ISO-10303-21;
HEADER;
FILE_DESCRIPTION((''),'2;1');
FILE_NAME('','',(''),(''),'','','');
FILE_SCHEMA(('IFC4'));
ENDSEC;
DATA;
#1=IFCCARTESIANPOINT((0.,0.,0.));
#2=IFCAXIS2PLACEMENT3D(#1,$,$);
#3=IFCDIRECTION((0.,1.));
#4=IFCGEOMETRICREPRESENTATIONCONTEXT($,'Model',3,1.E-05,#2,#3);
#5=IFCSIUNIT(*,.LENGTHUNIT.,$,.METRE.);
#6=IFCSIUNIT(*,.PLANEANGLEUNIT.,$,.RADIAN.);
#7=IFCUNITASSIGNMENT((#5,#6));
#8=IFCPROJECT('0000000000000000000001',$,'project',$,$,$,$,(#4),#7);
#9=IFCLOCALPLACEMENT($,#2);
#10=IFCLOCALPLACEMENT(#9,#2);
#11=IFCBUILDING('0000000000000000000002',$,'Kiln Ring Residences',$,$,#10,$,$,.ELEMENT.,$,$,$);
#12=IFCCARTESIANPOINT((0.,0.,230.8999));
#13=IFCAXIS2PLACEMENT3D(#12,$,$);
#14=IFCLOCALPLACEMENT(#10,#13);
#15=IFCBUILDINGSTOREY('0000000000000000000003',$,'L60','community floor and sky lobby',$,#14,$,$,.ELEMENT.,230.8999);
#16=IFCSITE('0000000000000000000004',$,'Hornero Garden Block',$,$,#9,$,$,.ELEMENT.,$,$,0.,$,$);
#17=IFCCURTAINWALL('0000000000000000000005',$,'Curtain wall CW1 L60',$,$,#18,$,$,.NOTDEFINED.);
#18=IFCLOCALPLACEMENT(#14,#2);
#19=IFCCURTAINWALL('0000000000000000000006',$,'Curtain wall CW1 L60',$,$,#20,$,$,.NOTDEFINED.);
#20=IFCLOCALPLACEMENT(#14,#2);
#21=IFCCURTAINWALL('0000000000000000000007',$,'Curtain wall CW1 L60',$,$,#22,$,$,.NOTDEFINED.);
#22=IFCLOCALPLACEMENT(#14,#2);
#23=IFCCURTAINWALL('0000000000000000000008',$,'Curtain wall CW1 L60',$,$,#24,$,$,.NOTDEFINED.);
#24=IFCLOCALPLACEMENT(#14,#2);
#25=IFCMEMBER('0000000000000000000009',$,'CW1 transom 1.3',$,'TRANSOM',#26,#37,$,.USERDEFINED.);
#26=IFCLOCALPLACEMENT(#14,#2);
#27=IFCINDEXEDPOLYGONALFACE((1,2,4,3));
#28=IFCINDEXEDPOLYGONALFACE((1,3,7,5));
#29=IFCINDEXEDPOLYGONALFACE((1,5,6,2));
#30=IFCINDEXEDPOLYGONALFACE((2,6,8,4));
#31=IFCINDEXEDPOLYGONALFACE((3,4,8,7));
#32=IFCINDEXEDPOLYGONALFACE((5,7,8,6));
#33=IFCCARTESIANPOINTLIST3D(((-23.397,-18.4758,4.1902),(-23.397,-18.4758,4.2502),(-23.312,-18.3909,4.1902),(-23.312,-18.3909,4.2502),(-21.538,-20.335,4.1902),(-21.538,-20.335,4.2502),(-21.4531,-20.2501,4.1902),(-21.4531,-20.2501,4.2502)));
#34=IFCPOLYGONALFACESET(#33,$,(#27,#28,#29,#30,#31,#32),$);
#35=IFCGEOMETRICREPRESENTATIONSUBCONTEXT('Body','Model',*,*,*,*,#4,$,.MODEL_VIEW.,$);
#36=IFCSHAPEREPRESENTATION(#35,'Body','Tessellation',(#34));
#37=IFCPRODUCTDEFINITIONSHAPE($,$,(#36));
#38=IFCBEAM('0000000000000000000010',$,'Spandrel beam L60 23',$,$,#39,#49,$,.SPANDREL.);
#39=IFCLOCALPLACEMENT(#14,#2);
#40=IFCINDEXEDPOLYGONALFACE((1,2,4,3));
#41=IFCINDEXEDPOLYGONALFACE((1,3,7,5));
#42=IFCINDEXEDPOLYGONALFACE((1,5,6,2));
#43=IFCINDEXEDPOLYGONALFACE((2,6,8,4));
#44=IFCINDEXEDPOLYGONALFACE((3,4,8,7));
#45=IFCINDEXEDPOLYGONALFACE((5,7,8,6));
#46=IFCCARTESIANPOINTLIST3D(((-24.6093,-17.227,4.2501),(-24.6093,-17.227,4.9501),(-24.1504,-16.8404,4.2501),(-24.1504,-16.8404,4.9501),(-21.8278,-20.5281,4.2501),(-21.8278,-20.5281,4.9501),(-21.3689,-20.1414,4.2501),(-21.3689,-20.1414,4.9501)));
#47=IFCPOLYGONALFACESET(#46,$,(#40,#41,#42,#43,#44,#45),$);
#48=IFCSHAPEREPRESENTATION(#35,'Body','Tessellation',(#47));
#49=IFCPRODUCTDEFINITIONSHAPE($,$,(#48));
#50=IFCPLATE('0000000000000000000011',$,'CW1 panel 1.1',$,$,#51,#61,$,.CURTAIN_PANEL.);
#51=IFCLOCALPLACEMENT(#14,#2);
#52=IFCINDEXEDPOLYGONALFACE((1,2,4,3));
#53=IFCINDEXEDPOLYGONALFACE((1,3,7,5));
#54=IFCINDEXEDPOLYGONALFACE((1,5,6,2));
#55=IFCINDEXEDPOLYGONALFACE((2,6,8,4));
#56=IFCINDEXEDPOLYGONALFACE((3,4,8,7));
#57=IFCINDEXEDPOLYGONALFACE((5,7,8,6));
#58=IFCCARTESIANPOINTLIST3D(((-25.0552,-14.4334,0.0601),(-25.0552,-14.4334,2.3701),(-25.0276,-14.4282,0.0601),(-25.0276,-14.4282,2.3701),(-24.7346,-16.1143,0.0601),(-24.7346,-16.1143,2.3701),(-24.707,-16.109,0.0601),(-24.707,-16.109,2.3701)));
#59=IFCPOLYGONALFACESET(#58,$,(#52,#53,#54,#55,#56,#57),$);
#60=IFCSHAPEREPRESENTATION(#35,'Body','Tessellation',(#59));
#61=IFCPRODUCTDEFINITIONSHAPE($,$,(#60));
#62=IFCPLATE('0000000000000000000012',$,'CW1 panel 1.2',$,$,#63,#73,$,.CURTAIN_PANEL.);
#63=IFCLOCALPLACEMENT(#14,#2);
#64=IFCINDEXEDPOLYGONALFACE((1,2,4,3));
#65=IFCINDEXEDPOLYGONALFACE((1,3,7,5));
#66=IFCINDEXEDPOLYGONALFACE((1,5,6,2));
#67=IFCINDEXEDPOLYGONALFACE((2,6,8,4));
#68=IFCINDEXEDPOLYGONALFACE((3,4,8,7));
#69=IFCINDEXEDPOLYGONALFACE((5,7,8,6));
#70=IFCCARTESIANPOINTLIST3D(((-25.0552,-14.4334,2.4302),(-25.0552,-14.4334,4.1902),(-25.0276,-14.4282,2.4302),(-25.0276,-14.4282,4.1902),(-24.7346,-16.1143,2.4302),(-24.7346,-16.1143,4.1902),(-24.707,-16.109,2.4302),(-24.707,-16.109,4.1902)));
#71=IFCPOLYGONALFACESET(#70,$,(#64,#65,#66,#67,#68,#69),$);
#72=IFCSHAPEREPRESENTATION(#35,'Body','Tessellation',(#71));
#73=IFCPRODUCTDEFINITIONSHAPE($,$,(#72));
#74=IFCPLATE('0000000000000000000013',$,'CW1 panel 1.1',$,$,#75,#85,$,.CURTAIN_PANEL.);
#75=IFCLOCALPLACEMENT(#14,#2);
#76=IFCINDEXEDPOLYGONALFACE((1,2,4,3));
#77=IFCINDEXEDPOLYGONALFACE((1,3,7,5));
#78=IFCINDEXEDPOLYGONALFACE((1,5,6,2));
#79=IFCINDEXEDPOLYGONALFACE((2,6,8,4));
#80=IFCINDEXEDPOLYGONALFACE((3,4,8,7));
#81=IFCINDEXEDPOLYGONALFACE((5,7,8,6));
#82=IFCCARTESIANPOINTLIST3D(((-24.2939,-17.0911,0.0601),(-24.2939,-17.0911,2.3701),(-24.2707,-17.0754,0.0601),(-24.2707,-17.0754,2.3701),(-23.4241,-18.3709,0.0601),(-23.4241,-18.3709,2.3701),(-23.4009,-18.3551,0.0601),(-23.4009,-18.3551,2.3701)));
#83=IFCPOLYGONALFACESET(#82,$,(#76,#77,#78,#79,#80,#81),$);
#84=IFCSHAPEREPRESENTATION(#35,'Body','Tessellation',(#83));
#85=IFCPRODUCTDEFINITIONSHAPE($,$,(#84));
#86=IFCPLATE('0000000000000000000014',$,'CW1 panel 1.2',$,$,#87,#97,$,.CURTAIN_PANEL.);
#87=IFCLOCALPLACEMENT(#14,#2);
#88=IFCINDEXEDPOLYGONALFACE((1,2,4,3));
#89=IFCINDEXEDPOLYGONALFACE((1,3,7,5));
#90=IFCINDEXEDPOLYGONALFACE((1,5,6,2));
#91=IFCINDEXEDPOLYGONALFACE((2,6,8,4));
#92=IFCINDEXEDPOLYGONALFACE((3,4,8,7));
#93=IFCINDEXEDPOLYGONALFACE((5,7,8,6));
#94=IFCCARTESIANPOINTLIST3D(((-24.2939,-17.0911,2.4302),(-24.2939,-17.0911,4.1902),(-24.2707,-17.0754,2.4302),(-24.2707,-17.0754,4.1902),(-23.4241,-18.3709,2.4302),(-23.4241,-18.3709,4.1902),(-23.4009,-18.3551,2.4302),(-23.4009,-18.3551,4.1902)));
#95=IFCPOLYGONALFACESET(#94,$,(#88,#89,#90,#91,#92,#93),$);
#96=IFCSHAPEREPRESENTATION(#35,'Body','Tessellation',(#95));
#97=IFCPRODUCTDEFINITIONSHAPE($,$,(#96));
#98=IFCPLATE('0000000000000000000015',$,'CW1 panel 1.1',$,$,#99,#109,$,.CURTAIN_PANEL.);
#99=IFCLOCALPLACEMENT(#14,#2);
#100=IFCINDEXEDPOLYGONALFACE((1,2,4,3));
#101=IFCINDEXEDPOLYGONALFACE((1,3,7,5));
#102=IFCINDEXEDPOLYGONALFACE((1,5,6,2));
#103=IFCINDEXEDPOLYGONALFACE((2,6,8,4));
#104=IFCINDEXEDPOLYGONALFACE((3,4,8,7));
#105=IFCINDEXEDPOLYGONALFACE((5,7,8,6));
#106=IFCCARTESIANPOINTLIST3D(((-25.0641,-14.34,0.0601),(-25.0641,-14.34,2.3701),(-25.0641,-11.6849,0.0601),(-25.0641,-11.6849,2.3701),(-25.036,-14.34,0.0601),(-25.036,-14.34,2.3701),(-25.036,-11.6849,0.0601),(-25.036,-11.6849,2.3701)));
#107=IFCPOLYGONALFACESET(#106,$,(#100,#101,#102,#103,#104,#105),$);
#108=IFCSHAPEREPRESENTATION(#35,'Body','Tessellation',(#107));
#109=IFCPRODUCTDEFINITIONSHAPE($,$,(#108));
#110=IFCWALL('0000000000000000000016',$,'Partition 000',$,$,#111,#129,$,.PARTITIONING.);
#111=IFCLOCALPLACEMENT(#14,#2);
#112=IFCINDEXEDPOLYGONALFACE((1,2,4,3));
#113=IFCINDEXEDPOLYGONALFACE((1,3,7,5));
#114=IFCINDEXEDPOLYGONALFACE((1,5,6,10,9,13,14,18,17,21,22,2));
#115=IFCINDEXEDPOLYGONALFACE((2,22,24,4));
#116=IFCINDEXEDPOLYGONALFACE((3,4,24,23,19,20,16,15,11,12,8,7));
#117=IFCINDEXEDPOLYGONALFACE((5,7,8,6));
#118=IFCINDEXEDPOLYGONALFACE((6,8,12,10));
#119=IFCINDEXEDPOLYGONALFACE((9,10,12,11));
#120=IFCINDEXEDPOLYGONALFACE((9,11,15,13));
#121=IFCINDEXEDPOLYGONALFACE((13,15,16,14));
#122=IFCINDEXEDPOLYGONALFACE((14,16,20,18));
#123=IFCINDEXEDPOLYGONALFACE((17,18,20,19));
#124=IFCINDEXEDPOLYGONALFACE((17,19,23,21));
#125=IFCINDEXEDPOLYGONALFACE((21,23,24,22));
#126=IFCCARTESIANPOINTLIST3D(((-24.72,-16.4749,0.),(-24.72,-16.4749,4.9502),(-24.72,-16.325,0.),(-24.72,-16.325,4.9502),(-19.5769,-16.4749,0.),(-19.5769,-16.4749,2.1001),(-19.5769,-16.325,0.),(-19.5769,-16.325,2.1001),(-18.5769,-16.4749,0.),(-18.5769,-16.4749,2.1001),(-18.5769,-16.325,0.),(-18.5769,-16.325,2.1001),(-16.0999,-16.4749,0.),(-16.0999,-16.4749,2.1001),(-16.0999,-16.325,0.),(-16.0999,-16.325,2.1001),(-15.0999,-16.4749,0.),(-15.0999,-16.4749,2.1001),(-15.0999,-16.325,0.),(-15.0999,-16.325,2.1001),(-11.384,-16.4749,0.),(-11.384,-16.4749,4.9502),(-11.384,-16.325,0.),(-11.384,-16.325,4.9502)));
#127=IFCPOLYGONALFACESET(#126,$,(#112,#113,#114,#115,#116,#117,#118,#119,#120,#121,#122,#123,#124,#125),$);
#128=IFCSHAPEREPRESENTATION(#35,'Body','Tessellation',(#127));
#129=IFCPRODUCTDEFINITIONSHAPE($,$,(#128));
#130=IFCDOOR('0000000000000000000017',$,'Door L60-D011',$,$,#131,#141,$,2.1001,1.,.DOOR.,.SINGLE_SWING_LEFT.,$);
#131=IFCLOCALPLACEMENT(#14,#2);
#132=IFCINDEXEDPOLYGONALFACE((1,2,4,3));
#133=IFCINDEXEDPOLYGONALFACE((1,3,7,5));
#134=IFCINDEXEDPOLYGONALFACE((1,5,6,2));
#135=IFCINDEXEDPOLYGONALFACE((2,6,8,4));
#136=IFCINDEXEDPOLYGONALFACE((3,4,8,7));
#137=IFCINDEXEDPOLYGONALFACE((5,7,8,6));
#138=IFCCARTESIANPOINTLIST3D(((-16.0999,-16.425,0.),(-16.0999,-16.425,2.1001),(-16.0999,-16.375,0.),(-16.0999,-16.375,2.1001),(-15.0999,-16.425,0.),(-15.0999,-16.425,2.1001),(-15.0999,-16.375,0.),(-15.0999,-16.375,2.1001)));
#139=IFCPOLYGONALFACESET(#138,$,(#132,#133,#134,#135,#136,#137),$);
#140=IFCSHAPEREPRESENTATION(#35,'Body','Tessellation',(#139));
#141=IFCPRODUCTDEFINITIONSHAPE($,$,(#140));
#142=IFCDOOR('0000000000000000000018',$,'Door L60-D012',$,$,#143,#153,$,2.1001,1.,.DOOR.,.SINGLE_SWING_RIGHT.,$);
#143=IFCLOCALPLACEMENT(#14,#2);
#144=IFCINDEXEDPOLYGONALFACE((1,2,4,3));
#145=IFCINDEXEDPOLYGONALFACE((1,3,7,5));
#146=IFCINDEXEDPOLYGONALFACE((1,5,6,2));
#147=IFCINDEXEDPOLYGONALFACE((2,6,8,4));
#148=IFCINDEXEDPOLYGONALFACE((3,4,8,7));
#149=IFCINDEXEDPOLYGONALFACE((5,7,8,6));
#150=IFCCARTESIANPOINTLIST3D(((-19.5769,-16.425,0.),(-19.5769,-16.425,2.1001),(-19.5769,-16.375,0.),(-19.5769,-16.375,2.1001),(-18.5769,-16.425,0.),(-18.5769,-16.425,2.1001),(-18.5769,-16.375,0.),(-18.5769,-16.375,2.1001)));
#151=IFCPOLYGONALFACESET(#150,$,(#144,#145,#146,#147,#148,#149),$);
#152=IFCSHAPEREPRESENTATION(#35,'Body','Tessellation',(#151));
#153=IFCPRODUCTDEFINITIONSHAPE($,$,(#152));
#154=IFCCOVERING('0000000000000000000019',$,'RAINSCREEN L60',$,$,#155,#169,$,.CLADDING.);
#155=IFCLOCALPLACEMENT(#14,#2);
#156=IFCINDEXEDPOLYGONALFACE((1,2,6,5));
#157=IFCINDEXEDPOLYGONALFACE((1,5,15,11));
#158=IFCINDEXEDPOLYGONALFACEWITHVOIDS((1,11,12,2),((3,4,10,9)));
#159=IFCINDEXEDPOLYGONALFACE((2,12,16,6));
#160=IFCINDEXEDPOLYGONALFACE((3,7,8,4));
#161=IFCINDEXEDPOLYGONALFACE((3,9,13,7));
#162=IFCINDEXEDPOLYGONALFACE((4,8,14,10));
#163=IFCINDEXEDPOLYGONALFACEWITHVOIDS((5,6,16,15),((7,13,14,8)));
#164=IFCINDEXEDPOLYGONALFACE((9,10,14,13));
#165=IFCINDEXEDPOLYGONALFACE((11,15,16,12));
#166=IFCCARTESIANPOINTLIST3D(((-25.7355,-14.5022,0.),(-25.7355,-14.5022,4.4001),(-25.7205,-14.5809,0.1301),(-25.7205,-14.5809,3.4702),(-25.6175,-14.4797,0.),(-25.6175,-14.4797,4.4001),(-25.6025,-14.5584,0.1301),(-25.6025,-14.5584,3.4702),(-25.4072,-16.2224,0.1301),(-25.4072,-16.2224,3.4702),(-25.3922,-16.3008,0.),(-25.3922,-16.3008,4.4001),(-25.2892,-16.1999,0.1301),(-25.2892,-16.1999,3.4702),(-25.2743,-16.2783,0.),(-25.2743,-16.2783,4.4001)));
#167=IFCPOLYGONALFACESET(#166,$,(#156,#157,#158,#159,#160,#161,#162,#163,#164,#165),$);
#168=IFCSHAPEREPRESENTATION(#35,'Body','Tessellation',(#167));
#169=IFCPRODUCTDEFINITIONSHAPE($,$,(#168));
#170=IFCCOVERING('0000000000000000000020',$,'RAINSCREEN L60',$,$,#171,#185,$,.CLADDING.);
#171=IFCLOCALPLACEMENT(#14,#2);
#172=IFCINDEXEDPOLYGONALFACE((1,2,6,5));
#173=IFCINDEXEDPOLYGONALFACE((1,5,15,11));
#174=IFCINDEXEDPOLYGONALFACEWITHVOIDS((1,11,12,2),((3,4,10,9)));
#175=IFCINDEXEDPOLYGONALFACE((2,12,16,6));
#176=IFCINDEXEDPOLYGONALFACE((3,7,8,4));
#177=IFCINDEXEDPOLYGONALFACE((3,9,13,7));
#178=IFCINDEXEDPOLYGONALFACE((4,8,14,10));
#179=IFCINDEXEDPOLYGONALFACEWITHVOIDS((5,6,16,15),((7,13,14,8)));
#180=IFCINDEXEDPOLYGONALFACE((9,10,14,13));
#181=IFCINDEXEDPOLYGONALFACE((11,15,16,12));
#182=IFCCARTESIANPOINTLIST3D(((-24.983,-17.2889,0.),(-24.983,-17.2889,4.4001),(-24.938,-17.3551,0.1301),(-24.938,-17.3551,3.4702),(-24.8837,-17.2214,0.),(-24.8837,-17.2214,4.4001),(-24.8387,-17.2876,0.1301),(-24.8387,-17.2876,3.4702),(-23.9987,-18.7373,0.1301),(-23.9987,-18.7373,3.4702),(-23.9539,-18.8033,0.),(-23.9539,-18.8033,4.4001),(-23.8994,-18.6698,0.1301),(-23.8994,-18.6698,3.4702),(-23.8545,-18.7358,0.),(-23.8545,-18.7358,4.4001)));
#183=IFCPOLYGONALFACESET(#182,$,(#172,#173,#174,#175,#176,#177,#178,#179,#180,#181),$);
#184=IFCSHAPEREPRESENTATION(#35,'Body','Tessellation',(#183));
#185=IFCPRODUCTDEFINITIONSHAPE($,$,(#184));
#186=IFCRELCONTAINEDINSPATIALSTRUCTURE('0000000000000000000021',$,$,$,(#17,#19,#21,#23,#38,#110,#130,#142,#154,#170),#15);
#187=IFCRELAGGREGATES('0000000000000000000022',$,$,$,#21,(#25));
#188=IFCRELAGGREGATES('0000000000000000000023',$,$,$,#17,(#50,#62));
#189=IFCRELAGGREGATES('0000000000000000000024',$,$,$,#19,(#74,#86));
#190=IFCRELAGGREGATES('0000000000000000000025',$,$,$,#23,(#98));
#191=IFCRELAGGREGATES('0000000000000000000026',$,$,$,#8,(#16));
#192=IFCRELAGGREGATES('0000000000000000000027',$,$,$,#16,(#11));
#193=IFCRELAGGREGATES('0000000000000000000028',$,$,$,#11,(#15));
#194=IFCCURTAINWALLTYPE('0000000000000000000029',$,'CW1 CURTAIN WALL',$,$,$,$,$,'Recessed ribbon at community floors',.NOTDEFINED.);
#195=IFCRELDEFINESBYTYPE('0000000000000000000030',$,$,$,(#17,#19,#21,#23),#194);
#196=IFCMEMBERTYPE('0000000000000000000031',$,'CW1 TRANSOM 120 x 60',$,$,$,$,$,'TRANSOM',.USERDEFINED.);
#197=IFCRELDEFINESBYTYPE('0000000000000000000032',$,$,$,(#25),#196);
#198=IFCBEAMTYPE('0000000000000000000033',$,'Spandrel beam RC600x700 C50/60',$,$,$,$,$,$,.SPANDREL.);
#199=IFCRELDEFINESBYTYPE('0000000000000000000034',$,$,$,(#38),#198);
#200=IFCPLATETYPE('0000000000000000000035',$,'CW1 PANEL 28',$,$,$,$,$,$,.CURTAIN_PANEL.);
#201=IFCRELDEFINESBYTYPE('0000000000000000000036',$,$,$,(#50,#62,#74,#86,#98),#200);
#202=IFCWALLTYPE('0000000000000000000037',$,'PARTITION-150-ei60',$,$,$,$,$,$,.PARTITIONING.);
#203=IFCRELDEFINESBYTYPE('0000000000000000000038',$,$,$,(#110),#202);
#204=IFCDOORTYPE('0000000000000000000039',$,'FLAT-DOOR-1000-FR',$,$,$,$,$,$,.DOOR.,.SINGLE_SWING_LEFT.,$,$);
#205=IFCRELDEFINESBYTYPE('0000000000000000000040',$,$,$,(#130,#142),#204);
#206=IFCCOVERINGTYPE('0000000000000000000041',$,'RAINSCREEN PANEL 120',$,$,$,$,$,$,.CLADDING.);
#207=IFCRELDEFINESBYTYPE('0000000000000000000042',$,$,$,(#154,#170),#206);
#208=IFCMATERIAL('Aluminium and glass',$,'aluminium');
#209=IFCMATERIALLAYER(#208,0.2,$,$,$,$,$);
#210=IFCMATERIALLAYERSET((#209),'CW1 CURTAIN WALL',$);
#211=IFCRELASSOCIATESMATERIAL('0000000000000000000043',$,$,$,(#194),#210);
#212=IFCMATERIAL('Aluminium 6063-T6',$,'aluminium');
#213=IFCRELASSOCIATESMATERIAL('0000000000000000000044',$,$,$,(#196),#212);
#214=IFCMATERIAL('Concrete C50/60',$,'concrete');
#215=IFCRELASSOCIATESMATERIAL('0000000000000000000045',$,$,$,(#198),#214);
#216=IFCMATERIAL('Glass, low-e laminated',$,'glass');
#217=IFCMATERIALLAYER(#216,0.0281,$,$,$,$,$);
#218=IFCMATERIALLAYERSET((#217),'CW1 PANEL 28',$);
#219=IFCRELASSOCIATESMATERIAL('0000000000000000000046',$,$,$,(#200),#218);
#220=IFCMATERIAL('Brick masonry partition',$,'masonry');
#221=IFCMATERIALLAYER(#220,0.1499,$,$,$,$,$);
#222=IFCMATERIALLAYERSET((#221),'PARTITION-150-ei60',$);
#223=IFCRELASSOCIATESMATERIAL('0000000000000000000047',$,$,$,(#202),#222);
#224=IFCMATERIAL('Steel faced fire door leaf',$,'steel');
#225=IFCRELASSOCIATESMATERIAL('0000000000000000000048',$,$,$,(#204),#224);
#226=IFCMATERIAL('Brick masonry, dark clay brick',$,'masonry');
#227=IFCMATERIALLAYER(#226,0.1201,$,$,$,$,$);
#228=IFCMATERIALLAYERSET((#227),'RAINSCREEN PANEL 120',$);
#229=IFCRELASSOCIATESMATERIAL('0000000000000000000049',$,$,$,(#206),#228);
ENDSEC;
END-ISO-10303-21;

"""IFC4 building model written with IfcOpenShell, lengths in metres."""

from ifc_helpers import new_model, si_unit, direction, frame, frame_2d, origin, origin_2d, place, context, subcontext, project, spatial, polyline, rectangle, outline, extrude, material, layer, layer_set, material_profile, profile_set, type_object, element, fill, aggregate, save


model = new_model("IFC4")

# Units and contexts
model_context = context("Model", 3, precision=1e-05, world=origin(), true_north=direction((0.0, 1.0)))
body_context = subcontext(model_context, "Body", "Model", "MODEL_VIEW")
ifc_project = project(units=[si_unit("LENGTHUNIT", "METRE"), si_unit("PLANEANGLEUNIT", "RADIAN")], contexts=[model_context])

# Site, building, storey
site_placement = place(None, origin())
site = spatial("IfcSite", under=ifc_project, at=site_placement, Name="Hornero Garden Block", CompositionType="ELEMENT", RefElevation=0.0)
building_placement = place(site_placement, origin())
building = spatial("IfcBuilding", under=site, at=building_placement, Name="Kiln Ring Residences", CompositionType="ELEMENT")
storey_placement = place(building_placement, frame((0.0, 0.0, 230.8999)))
storey = spatial("IfcBuildingStorey", under=building, at=storey_placement, Name="L60", Description="community floor and sky lobby", CompositionType="ELEMENT", Elevation=230.8999)

# Curtain walls
ifc_material_1 = material(Name="Aluminium and glass", Category="aluminium")
ifc_layer_1 = layer(ifc_material_1, 0.2)
ifc_layer_set_1 = layer_set([ifc_layer_1], Name="CW1 CURTAIN WALL")
curtain_wall_type = type_object("IfcCurtainWallType", Name="CW1 CURTAIN WALL", ElementType="Recessed ribbon at community floors", PredefinedType="NOTDEFINED", material=ifc_layer_set_1)
placement = place(storey_placement, origin())
curtain_wall_1 = element("IfcCurtainWall", 1, at=placement, inside=storey, type_object=curtain_wall_type, Name="Curtain wall CW1 L60", PredefinedType="NOTDEFINED")
curtain_wall_2 = element("IfcCurtainWall", 2, at=placement, inside=storey, type_object=curtain_wall_type, Name="Curtain wall CW1 L60", PredefinedType="NOTDEFINED")

# Curtain walls
curtain_wall_3 = element("IfcCurtainWall", 3, at=placement, inside=storey, type_object=curtain_wall_type, Name="Curtain wall CW1 L60", PredefinedType="NOTDEFINED")
curtain_wall_4 = element("IfcCurtainWall", 4, at=placement, inside=storey, type_object=curtain_wall_type, Name="Curtain wall CW1 L60", PredefinedType="NOTDEFINED")

# Member
ifc_material_2 = material(Name="Aluminium 6063-T6", Category="aluminium")
ifc_material_profile_1 = material_profile(ifc_material_2, rectangle(XDim=0.1201, YDim=0.0601, at=origin_2d()), Name="AL 120x60")
ifc_profile_set_1 = profile_set([ifc_material_profile_1], Name="Aluminium 6063-T6")
member_type_1 = type_object("IfcMemberType", Name="CW1 TRANSOM 120 x 60", ElementType="TRANSOM", PredefinedType="USERDEFINED", material=ifc_profile_set_1)
member_1_placement = place(storey_placement, frame((-23.3545, -18.4333, 4.2202), z_axis=(0.70706, -0.707153, 0.0), x_axis=(0.707153, 0.70706, 0.0)))
member_1 = element("IfcMember", 5, at=member_1_placement, type_object=member_type_1, Name="CW1 transom 1.3", ObjectType="TRANSOM", PredefinedType="USERDEFINED", context=body_context, shape_type="SweptSolid", body=[
    extrude(rectangle(XDim=0.1201, YDim=0.0601, at=origin_2d()), origin(), (0.0, 0.0, 1.0), 2.6292),
])
aggregate(curtain_wall_3, [member_1])

# Beam
ifc_material_3 = material(Name="Concrete C50/60", Category="concrete")
ifc_material_profile_2 = material_profile(ifc_material_3, rectangle(XDim=0.6001, YDim=0.7, at=origin_2d()), Name="RC600x700")
ifc_profile_set_2 = profile_set([ifc_material_profile_2], Name="Concrete C50/60")
beam_type = type_object("IfcBeamType", Name="Spandrel beam RC600x700 C50/60", PredefinedType="SPANDREL", material=ifc_profile_set_2)
beam_placement = place(storey_placement, frame((-24.3799, -17.0337, 4.6001), z_axis=(0.644364, -0.764719, 0.0), x_axis=(0.764719, 0.644364, 0.0)))
element("IfcBeam", 6, at=beam_placement, inside=storey, type_object=beam_type, Name="Spandrel beam L60 23", PredefinedType="SPANDREL", context=body_context, shape_type="SweptSolid", body=[
    extrude(rectangle(XDim=0.6001, YDim=0.7, at=origin_2d()), origin(), (0.0, 0.0, 1.0), 4.3167),
])

# Plates
ifc_material_4 = material(Name="Glass, low-e laminated", Category="glass")
ifc_layer_2 = layer(ifc_material_4, 0.0281)
ifc_layer_set_2 = layer_set([ifc_layer_2], Name="CW1 PANEL 28")
plate_type = type_object("IfcPlateType", Name="CW1 PANEL 28", PredefinedType="CURTAIN_PANEL", material=ifc_layer_set_2)
plate_1_placement = place(storey_placement, frame((-24.8811, -15.2712, 0.0601), z_axis=(0.0, 0.0, 1.0), x_axis=(0.187366, -0.98229, 0.0)))
plate_1 = element("IfcPlate", 7, at=plate_1_placement, type_object=plate_type, Name="CW1 panel 1.1", PredefinedType="CURTAIN_PANEL", context=body_context, shape_type="SweptSolid", body=[
    extrude(rectangle(XDim=1.7112, YDim=0.0281, at=origin_2d()), origin(), (0.0, 0.0, 1.0), 2.3101),
])
plate_2_placement = place(storey_placement, frame((-24.8811, -15.2712, 2.4302), z_axis=(0.0, 0.0, 1.0), x_axis=(0.187366, -0.98229, 0.0)))
plate_2 = element("IfcPlate", 8, at=plate_2_placement, type_object=plate_type, Name="CW1 panel 1.2", PredefinedType="CURTAIN_PANEL", context=body_context, shape_type="SweptSolid", body=[
    extrude(rectangle(XDim=1.7112, YDim=0.0281, at=origin_2d()), origin(), (0.0, 0.0, 1.0), 1.76),
])
aggregate(curtain_wall_1, [plate_1, plate_2])
plate_3_placement = place(storey_placement, frame((-23.8474, -17.7231, 0.0601), z_axis=(0.0, 0.0, 1.0), x_axis=(0.562097, -0.827072, 0.0)))
plate_3 = element("IfcPlate", 9, at=plate_3_placement, type_object=plate_type, Name="CW1 panel 1.1", PredefinedType="CURTAIN_PANEL", context=body_context, shape_type="SweptSolid", body=[
    extrude(rectangle(XDim=1.5474, YDim=0.0281, at=origin_2d()), origin(), (0.0, 0.0, 1.0), 2.3101),
])
plate_4_placement = place(storey_placement, frame((-23.8474, -17.7231, 2.4302), z_axis=(0.0, 0.0, 1.0), x_axis=(0.562097, -0.827072, 0.0)))
plate_4 = element("IfcPlate", 10, at=plate_4_placement, type_object=plate_type, Name="CW1 panel 1.2", PredefinedType="CURTAIN_PANEL", context=body_context, shape_type="SweptSolid", body=[
    extrude(rectangle(XDim=1.5474, YDim=0.0281, at=origin_2d()), origin(), (0.0, 0.0, 1.0), 1.76),
])
aggregate(curtain_wall_2, [plate_3, plate_4])
plate_5_placement = place(storey_placement, frame((-25.05, -13.0125, 0.0601), z_axis=(0.0, 0.0, 1.0), x_axis=(0.0, -1.0, 0.0)))
plate_5 = element("IfcPlate", 11, at=plate_5_placement, type_object=plate_type, Name="CW1 panel 1.1", PredefinedType="CURTAIN_PANEL", context=body_context, shape_type="SweptSolid", body=[
    extrude(rectangle(XDim=2.655, YDim=0.0281, at=origin_2d()), origin(), (0.0, 0.0, 1.0), 2.3101),
])
aggregate(curtain_wall_4, [plate_5])

# Wall, openings, doors
ifc_material_5 = material(Name="Brick masonry partition", Category="masonry")
ifc_layer_3 = layer(ifc_material_5, 0.1499)
ifc_layer_set_3 = layer_set([ifc_layer_3], Name="PARTITION-150-ei60")
wall_type = type_object("IfcWallType", Name="PARTITION-150-ei60", PredefinedType="PARTITIONING", material=ifc_layer_set_3)
wall_placement = place(storey_placement, frame((-24.72, -16.3999, 0.0), z_axis=(0.0, 0.0, 1.0), x_axis=(1.0, 0.0, 0.0)))
wall = element("IfcWall", 12, at=wall_placement, inside=storey, type_object=wall_type, Name="Partition 000", PredefinedType="PARTITIONING", context=body_context, shape_type="SweptSolid", body=[
    extrude(rectangle(XDim=13.3359, YDim=0.1499, at=frame_2d((6.668, 0.0))), origin(), (0.0, 0.0, 1.0), 4.9502),
])
opening_1_placement = place(wall_placement, frame((8.6201, 0.0, 0.0)))
opening_1 = element("IfcOpeningElement", 13, at=opening_1_placement, cuts=wall, PredefinedType="OPENING", context=body_context, shape_type="SweptSolid", body=[
    extrude(rectangle(XDim=1.0, YDim=2.1001, at=frame_2d((0.5, 1.05))), frame((0.0, 0.085, 0.0), z_axis=(0.0, -1.0, 0.0), x_axis=(1.0, 0.0, 0.0)), (0.0, 0.0, 1.0), 0.1699),
])
opening_2_placement = place(wall_placement, frame((5.1431, 0.0, 0.0)))
opening_2 = element("IfcOpeningElement", 14, at=opening_2_placement, cuts=wall, PredefinedType="OPENING", context=body_context, shape_type="SweptSolid", body=[
    extrude(rectangle(XDim=1.0, YDim=2.1001, at=frame_2d((0.5, 1.05))), frame((0.0, 0.085, 0.0), z_axis=(0.0, -1.0, 0.0), x_axis=(1.0, 0.0, 0.0)), (0.0, 0.0, 1.0), 0.1699),
])
ifc_material_6 = material(Name="Steel faced fire door leaf", Category="steel")
door_type = type_object("IfcDoorType", Name="FLAT-DOOR-1000-FR", OperationType="SINGLE_SWING_LEFT", PredefinedType="DOOR", material=ifc_material_6)
door_1_placement = place(opening_1_placement, origin())
door_1 = element("IfcDoor", 15, at=door_1_placement, inside=storey, type_object=door_type, Name="Door L60-D011", OperationType="SINGLE_SWING_LEFT", OverallHeight=2.1001, OverallWidth=1.0, PredefinedType="DOOR", context=body_context, shape_type="SweptSolid", body=[
    extrude(rectangle(XDim=1.0, YDim=2.1001, at=frame_2d((0.5, 1.05))), frame((0.0, 0.0249, 0.0), z_axis=(0.0, -1.0, 0.0), x_axis=(1.0, 0.0, 0.0)), (0.0, 0.0, 1.0), 0.05),
])
fill(opening_1, door_1)
door_2_placement = place(opening_2_placement, origin())
door_2 = element("IfcDoor", 16, at=door_2_placement, inside=storey, type_object=door_type, Name="Door L60-D012", OperationType="SINGLE_SWING_RIGHT", OverallHeight=2.1001, OverallWidth=1.0, PredefinedType="DOOR", context=body_context, shape_type="SweptSolid", body=[
    extrude(rectangle(XDim=1.0, YDim=2.1001, at=frame_2d((0.5, 1.05))), frame((0.0, 0.0249, 0.0), z_axis=(0.0, -1.0, 0.0), x_axis=(1.0, 0.0, 0.0)), (0.0, 0.0, 1.0), 0.05),
])
fill(opening_2, door_2)

# Coverings
ifc_material_7 = material(Name="Brick masonry, dark clay brick", Category="masonry")
ifc_layer_4 = layer(ifc_material_7, 0.1201)
ifc_layer_set_4 = layer_set([ifc_layer_4], Name="RAINSCREEN PANEL 120")
covering_type = type_object("IfcCoveringType", Name="RAINSCREEN PANEL 120", PredefinedType="CLADDING", material=ifc_layer_set_4)
for number, where, z_axis, x_axis, name in (
    (17, (-25.6765, -14.491, 0.0), (0.0, 0.0, 1.0), (0.187467, -0.982271, 0.0), "RAINSCREEN L60"),
    (18, (-24.9333, -17.2551, 0.0), (0.0, 0.0, 1.0), (0.562062, -0.827095, 0.0), "RAINSCREEN L60"),
):
    element("IfcCovering", number, at=place(storey_placement, frame(where, z_axis=z_axis, x_axis=x_axis)), inside=storey, type_object=covering_type, Name=name, PredefinedType="CLADDING", context=body_context, shape_type="SweptSolid", body=[
        extrude(outline(polyline([(0.0, 0.0), (1.8311, 0.0), (1.8311, 4.4001), (0.0, 4.4001), (0.0, 0.0)]), holes=[polyline([(0.0801, 3.4702), (0.0801, 0.1301), (1.7512, 0.1301), (1.7512, 3.4702), (0.0801, 3.4702)])]), frame((0.0, 0.0601, 0.0), z_axis=(0.0, -1.0, 0.0), x_axis=(1.0, 0.0, 0.0)), (0.0, 0.0, 1.0), 0.1201),
    ])

save(model, "model.ifc")
